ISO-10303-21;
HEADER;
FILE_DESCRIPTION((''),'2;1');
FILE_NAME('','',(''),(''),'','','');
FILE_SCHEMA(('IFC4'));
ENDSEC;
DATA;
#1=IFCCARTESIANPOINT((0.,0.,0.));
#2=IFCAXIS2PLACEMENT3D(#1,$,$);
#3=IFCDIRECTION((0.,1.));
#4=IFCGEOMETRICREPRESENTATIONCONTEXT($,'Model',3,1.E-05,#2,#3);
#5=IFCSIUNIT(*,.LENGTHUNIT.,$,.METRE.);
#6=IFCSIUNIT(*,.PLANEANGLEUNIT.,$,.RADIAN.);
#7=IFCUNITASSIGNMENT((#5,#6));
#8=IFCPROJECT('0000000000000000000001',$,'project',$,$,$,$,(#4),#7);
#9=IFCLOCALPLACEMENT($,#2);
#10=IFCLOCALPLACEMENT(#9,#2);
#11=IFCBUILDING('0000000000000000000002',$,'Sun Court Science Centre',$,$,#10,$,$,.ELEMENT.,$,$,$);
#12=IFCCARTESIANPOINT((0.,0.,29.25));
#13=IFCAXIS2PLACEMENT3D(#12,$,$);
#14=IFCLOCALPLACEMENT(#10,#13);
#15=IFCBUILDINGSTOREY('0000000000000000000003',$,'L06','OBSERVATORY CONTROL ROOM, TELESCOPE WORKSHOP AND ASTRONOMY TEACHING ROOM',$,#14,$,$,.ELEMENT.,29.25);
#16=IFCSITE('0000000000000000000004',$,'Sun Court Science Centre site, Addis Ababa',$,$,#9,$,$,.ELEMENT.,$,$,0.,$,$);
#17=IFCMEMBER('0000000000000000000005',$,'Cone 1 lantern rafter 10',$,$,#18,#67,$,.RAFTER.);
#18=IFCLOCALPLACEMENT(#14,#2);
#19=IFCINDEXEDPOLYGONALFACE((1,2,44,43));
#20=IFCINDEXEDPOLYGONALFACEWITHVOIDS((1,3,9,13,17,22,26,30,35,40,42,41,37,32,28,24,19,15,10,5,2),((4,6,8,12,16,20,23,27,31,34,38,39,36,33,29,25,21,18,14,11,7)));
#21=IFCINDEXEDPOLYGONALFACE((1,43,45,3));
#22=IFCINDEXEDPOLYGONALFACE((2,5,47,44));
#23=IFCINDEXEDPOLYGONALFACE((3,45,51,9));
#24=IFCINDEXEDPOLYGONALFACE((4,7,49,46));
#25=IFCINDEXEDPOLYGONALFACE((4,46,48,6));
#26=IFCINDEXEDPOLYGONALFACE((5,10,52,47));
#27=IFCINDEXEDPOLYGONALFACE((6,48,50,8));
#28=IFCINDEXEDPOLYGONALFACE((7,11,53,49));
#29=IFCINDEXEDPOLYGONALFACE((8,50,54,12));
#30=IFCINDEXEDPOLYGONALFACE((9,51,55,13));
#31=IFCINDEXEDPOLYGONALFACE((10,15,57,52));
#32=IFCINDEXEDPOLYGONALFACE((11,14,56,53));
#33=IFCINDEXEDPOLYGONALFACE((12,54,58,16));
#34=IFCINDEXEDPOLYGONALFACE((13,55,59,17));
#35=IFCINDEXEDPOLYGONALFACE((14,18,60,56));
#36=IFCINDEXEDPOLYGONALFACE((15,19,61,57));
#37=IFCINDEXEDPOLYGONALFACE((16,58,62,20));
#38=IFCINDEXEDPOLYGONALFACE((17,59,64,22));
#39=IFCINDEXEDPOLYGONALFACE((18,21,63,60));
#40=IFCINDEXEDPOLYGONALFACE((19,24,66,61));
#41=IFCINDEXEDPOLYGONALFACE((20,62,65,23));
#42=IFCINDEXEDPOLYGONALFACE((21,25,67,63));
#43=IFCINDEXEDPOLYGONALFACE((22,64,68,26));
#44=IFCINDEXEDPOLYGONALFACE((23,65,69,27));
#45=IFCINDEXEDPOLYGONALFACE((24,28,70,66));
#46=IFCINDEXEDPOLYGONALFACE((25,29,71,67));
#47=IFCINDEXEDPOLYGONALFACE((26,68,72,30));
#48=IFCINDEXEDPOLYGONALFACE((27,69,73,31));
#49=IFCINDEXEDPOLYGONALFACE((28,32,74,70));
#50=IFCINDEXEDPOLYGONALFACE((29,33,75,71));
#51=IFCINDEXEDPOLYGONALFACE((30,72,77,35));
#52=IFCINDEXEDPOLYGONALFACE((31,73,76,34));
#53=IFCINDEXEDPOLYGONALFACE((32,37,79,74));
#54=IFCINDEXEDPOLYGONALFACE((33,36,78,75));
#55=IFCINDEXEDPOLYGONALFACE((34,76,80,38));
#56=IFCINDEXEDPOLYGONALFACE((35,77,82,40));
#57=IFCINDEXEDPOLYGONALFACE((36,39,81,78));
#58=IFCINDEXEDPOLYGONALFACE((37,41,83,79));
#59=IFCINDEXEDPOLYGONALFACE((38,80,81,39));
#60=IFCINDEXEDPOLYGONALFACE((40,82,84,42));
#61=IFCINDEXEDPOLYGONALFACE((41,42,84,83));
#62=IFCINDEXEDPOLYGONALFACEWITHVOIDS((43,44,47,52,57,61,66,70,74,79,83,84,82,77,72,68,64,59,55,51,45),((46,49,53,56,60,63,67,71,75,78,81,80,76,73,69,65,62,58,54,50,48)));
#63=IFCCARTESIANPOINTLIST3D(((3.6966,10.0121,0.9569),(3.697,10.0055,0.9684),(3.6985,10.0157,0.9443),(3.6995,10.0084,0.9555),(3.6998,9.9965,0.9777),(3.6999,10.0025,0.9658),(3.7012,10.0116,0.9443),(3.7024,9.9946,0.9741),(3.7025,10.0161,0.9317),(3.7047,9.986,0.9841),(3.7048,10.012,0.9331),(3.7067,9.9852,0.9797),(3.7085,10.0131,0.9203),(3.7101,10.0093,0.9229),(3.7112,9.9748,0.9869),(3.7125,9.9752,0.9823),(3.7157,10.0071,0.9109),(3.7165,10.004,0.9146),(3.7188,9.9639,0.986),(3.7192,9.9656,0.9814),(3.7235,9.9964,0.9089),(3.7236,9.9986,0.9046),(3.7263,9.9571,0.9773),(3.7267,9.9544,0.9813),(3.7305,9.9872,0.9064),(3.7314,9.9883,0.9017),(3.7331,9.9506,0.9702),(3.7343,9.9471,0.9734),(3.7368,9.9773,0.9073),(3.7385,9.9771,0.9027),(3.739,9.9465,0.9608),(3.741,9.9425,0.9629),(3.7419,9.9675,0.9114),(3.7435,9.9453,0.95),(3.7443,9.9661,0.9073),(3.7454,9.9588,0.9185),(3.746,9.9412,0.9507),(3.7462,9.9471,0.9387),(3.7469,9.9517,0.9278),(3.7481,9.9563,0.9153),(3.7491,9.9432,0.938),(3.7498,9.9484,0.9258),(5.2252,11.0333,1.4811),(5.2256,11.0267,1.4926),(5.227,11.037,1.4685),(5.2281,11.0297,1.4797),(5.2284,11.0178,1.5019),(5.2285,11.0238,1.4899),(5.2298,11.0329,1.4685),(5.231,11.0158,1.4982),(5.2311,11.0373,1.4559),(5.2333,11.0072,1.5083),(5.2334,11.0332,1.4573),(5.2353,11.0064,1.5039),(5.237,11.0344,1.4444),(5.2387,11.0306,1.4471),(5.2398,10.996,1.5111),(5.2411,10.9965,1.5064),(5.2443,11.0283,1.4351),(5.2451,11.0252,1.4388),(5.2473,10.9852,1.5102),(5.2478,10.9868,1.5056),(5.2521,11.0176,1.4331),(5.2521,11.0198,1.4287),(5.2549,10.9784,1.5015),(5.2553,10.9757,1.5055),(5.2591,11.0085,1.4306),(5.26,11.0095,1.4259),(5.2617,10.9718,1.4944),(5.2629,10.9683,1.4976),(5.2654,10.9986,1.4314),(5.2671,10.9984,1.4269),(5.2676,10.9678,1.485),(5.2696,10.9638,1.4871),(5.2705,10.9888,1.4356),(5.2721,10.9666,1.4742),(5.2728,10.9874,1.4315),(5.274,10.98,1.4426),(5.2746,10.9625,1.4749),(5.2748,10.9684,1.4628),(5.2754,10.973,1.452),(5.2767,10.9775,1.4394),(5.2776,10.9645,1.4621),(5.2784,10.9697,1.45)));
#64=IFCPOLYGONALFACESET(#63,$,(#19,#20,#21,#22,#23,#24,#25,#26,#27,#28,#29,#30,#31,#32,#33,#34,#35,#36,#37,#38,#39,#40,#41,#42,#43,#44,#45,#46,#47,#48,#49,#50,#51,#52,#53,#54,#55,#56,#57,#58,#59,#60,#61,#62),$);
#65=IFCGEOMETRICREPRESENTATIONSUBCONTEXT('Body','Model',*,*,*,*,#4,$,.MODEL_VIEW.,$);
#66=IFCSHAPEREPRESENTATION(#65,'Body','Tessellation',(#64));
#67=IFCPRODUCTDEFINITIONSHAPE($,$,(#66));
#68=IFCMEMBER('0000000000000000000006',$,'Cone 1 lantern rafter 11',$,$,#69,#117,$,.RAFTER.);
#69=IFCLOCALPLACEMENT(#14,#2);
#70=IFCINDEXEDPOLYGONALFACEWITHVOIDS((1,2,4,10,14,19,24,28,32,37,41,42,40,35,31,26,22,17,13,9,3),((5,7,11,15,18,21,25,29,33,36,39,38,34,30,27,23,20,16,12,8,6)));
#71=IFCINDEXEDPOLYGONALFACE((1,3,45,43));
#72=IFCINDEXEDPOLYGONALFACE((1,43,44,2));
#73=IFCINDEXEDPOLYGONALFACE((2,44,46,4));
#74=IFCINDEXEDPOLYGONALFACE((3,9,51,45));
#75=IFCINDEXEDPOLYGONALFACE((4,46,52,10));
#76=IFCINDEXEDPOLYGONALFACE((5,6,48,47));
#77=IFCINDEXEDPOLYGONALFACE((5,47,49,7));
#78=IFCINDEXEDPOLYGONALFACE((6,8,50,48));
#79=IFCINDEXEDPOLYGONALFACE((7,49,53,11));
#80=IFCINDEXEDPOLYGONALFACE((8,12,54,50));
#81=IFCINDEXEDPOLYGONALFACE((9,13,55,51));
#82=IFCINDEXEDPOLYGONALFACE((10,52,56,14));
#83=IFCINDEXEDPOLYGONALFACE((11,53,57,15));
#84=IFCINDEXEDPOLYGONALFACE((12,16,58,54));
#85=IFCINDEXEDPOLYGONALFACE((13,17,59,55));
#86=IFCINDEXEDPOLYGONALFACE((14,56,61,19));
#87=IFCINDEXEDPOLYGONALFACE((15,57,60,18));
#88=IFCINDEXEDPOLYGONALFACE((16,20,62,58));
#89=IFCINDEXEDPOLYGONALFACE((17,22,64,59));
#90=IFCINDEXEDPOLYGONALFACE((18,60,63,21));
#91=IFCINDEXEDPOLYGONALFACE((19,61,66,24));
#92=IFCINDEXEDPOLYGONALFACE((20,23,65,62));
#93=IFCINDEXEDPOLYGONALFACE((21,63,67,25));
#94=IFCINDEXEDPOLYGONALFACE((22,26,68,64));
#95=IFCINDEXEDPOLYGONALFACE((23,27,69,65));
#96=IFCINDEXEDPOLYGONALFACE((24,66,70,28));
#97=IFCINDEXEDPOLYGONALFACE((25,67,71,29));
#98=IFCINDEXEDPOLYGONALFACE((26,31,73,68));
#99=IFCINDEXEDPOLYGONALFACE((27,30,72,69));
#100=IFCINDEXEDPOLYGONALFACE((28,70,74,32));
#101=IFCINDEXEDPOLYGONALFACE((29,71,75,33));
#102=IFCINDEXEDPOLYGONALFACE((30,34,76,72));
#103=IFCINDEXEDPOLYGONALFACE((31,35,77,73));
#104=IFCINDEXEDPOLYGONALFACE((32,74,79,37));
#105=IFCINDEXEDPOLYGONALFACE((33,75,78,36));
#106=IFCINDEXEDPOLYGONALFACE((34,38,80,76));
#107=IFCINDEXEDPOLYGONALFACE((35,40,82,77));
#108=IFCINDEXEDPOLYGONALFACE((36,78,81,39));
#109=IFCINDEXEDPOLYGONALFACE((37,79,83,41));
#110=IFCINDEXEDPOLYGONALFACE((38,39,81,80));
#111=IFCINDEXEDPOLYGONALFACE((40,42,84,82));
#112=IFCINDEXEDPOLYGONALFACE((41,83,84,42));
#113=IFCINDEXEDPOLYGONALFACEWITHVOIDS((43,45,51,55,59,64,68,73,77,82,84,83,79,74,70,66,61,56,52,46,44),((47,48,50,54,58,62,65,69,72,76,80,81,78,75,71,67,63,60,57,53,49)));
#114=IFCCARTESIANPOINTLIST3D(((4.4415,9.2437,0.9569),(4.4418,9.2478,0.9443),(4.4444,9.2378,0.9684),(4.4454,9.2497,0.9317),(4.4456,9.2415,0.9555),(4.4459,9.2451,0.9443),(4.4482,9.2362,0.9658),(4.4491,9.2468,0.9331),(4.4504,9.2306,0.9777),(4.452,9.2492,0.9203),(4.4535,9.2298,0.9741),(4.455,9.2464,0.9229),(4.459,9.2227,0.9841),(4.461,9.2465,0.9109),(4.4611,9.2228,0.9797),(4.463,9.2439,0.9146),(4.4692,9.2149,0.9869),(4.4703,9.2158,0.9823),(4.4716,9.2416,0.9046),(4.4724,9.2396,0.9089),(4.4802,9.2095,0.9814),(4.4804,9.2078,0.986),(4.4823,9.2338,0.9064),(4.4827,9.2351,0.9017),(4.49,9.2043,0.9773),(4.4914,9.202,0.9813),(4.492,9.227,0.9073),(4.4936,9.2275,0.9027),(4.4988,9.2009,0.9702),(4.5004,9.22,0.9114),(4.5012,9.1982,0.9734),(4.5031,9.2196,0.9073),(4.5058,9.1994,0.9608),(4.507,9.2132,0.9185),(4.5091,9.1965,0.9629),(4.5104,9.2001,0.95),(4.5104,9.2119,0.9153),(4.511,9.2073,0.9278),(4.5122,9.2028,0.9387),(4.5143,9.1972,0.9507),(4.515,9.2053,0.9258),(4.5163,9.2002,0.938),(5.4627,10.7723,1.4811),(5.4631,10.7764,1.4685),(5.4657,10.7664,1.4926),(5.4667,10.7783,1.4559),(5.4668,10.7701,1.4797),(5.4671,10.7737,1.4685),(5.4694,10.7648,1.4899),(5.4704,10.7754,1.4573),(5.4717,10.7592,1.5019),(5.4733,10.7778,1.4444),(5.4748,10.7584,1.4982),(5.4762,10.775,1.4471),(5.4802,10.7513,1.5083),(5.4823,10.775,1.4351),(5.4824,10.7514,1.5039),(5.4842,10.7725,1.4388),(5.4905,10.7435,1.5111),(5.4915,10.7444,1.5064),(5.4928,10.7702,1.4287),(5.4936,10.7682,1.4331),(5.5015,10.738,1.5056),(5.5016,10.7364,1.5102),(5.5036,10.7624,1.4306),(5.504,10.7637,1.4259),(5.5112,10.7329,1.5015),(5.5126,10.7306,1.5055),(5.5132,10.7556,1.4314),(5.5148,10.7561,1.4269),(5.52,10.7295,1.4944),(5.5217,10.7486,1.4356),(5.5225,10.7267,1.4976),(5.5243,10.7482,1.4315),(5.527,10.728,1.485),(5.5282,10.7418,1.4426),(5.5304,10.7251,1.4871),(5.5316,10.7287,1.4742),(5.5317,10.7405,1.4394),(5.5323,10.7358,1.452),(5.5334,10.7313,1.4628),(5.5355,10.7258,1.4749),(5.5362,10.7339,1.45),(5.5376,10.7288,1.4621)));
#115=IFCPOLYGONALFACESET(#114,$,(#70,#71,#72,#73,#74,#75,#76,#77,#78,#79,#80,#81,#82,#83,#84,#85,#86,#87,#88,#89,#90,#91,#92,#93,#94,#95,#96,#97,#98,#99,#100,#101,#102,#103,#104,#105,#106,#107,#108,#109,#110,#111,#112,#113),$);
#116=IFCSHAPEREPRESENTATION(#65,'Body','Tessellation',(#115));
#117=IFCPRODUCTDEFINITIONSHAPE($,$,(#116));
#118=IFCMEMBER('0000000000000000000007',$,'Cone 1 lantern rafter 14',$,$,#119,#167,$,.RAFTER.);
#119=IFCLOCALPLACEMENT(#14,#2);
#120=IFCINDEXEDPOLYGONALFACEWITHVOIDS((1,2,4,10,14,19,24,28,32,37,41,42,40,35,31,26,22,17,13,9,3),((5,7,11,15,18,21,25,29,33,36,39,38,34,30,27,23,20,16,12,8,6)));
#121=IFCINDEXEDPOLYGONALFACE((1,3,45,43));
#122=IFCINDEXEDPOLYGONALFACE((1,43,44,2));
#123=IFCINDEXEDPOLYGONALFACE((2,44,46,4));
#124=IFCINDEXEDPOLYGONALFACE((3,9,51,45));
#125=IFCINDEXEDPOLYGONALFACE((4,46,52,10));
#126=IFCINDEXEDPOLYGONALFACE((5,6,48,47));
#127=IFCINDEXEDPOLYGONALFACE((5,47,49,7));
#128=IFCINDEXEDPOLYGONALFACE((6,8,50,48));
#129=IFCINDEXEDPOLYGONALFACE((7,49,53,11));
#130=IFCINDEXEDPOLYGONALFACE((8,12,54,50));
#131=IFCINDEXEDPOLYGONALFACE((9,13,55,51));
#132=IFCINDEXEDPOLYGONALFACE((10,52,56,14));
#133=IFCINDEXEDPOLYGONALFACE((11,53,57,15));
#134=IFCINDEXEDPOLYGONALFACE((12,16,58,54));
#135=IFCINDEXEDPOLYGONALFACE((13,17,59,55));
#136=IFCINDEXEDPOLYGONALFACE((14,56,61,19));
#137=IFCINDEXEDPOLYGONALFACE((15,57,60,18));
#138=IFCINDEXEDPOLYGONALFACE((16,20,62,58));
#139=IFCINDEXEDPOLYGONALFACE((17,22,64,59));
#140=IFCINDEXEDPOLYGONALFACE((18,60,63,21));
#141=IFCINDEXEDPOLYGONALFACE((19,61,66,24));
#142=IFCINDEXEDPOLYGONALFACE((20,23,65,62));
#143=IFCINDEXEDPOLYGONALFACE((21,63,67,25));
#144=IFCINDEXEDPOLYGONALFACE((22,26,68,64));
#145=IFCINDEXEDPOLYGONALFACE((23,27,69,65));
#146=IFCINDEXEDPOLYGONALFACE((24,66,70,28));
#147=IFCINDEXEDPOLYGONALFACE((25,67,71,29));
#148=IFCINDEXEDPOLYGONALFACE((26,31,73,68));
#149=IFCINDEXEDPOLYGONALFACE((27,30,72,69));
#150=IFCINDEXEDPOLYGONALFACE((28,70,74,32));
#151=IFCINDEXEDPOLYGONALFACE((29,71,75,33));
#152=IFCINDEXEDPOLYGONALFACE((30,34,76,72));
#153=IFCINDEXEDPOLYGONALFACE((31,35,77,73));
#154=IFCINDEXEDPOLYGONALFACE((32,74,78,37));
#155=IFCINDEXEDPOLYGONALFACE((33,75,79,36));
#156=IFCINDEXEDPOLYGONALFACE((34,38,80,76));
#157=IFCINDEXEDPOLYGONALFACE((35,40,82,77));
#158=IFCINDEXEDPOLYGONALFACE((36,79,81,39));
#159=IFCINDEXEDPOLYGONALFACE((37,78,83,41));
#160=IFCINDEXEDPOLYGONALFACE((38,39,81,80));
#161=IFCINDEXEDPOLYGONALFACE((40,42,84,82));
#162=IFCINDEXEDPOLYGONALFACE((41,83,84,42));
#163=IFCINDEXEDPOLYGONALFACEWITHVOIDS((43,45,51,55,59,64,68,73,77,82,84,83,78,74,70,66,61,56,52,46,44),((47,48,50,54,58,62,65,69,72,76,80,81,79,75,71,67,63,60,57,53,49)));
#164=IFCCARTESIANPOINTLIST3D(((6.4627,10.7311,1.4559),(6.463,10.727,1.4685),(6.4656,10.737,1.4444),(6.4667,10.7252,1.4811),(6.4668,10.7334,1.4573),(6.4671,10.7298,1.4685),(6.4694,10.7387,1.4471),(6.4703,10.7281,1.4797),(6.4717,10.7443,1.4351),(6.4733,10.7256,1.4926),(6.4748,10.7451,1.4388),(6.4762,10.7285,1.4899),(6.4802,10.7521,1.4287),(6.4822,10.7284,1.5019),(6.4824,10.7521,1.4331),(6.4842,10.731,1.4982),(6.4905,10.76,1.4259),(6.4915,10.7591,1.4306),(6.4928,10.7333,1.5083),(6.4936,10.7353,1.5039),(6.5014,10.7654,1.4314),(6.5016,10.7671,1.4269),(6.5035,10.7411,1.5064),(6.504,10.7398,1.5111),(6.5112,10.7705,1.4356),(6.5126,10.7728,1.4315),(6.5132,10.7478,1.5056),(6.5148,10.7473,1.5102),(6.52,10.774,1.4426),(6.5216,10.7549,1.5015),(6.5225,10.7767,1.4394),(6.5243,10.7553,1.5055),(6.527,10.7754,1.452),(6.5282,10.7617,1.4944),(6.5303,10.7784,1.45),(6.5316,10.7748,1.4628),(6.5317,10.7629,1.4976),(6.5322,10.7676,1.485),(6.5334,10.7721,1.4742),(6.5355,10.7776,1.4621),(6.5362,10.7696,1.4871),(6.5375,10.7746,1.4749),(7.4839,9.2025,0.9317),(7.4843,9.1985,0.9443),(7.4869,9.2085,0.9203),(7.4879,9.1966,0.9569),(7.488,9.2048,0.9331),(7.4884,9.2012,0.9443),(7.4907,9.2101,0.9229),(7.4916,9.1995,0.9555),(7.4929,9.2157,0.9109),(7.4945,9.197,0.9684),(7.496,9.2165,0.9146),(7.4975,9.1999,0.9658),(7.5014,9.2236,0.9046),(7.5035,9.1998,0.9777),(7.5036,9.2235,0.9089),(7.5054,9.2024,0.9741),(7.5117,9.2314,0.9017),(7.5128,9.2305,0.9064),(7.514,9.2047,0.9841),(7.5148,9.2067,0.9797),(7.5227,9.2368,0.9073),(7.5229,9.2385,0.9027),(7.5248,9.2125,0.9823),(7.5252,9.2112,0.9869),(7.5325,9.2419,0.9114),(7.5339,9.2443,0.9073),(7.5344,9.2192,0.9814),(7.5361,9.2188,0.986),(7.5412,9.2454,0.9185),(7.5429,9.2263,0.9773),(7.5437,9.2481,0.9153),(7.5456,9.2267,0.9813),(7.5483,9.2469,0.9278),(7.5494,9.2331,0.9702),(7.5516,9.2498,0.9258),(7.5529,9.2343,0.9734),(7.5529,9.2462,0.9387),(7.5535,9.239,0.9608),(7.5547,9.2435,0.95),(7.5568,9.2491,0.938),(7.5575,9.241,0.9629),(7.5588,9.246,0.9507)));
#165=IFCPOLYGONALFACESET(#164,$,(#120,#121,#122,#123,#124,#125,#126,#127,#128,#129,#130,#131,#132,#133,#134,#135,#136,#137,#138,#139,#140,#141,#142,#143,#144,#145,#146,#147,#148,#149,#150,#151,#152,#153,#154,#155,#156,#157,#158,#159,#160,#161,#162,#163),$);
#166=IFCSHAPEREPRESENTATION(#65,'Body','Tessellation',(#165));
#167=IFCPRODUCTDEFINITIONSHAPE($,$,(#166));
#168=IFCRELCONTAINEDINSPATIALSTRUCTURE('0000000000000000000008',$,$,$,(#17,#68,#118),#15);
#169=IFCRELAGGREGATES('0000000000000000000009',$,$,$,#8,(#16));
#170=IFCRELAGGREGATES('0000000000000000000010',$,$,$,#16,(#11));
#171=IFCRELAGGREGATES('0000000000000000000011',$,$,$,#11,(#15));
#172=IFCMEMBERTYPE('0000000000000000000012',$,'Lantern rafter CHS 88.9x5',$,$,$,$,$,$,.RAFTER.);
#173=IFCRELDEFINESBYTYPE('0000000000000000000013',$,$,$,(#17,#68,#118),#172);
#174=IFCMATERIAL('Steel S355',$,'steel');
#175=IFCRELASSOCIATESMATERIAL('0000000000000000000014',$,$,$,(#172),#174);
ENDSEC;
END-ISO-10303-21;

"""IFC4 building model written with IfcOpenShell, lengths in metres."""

from ifc_helpers import new_model, si_unit, direction, frame, origin, origin_2d, place, context, subcontext, project, spatial, hollow_circle, extrude, material, material_profile, profile_set, type_object, element, save


model = new_model("IFC4")

# Units and contexts
model_context = context("Model", 3, precision=1e-05, world=origin(), true_north=direction((0.0, 1.0)))
body_context = subcontext(model_context, "Body", "Model", "MODEL_VIEW")
ifc_project = project(units=[si_unit("LENGTHUNIT", "METRE"), si_unit("PLANEANGLEUNIT", "RADIAN")], contexts=[model_context])

# Site, building, storey
site_placement = place(None, origin())
site = spatial("IfcSite", under=ifc_project, at=site_placement, Name="Sun Court Science Centre site, Addis Ababa", CompositionType="ELEMENT", RefElevation=0.0)
building_placement = place(site_placement, origin())
building = spatial("IfcBuilding", under=site, at=building_placement, Name="Sun Court Science Centre", CompositionType="ELEMENT")
storey_placement = place(building_placement, frame((0.0, 0.0, 29.25)))
storey = spatial("IfcBuildingStorey", under=building, at=storey_placement, Name="L06", Description="OBSERVATORY CONTROL ROOM, TELESCOPE WORKSHOP AND ASTRONOMY TEACHING ROOM", CompositionType="ELEMENT", Elevation=29.25)

# Members
ifc_material_1 = material(Name="Steel S355", Category="steel")
ifc_material_profile_1 = material_profile(ifc_material_1, hollow_circle(Radius=0.0444, WallThickness=0.0049, at=origin_2d()), Name="CHS 88.9x5")
ifc_profile_set_1 = profile_set([ifc_material_profile_1], Name="Steel S355")
member_type_1 = type_object("IfcMemberType", Name="Lantern rafter CHS 88.9x5", PredefinedType="RAFTER", material=ifc_profile_set_1)
for number, where, z_axis, x_axis, name in (
    (1, (3.7231, 9.9788, 0.9443), (0.799628, 0.534235, 0.274206), (-0.555527, 0.831498, 0.0), "Cone 1 lantern rafter 10"),
    (2, (4.4788, 9.2231, 0.9443), (0.534235, 0.799628, 0.274206), (-0.831498, 0.555527, 0.0), "Cone 1 lantern rafter 11"),
    (3, (7.5212, 9.2231, 0.9443), (-0.534235, 0.799628, 0.274206), (-0.831498, -0.555527, 0.0), "Cone 1 lantern rafter 14"),
):
    element("IfcMember", number, at=place(storey_placement, frame(where, z_axis=z_axis, x_axis=x_axis)), inside=storey, type_object=member_type_1, Name=name, PredefinedType="RAFTER", context=body_context, shape_type="SweptSolid", body=[
        extrude(hollow_circle(Radius=0.0444, WallThickness=0.0049, at=origin_2d()), origin(), (0.0, 0.0, 1.0), 1.9116),
    ])

save(model, "model.ifc")
